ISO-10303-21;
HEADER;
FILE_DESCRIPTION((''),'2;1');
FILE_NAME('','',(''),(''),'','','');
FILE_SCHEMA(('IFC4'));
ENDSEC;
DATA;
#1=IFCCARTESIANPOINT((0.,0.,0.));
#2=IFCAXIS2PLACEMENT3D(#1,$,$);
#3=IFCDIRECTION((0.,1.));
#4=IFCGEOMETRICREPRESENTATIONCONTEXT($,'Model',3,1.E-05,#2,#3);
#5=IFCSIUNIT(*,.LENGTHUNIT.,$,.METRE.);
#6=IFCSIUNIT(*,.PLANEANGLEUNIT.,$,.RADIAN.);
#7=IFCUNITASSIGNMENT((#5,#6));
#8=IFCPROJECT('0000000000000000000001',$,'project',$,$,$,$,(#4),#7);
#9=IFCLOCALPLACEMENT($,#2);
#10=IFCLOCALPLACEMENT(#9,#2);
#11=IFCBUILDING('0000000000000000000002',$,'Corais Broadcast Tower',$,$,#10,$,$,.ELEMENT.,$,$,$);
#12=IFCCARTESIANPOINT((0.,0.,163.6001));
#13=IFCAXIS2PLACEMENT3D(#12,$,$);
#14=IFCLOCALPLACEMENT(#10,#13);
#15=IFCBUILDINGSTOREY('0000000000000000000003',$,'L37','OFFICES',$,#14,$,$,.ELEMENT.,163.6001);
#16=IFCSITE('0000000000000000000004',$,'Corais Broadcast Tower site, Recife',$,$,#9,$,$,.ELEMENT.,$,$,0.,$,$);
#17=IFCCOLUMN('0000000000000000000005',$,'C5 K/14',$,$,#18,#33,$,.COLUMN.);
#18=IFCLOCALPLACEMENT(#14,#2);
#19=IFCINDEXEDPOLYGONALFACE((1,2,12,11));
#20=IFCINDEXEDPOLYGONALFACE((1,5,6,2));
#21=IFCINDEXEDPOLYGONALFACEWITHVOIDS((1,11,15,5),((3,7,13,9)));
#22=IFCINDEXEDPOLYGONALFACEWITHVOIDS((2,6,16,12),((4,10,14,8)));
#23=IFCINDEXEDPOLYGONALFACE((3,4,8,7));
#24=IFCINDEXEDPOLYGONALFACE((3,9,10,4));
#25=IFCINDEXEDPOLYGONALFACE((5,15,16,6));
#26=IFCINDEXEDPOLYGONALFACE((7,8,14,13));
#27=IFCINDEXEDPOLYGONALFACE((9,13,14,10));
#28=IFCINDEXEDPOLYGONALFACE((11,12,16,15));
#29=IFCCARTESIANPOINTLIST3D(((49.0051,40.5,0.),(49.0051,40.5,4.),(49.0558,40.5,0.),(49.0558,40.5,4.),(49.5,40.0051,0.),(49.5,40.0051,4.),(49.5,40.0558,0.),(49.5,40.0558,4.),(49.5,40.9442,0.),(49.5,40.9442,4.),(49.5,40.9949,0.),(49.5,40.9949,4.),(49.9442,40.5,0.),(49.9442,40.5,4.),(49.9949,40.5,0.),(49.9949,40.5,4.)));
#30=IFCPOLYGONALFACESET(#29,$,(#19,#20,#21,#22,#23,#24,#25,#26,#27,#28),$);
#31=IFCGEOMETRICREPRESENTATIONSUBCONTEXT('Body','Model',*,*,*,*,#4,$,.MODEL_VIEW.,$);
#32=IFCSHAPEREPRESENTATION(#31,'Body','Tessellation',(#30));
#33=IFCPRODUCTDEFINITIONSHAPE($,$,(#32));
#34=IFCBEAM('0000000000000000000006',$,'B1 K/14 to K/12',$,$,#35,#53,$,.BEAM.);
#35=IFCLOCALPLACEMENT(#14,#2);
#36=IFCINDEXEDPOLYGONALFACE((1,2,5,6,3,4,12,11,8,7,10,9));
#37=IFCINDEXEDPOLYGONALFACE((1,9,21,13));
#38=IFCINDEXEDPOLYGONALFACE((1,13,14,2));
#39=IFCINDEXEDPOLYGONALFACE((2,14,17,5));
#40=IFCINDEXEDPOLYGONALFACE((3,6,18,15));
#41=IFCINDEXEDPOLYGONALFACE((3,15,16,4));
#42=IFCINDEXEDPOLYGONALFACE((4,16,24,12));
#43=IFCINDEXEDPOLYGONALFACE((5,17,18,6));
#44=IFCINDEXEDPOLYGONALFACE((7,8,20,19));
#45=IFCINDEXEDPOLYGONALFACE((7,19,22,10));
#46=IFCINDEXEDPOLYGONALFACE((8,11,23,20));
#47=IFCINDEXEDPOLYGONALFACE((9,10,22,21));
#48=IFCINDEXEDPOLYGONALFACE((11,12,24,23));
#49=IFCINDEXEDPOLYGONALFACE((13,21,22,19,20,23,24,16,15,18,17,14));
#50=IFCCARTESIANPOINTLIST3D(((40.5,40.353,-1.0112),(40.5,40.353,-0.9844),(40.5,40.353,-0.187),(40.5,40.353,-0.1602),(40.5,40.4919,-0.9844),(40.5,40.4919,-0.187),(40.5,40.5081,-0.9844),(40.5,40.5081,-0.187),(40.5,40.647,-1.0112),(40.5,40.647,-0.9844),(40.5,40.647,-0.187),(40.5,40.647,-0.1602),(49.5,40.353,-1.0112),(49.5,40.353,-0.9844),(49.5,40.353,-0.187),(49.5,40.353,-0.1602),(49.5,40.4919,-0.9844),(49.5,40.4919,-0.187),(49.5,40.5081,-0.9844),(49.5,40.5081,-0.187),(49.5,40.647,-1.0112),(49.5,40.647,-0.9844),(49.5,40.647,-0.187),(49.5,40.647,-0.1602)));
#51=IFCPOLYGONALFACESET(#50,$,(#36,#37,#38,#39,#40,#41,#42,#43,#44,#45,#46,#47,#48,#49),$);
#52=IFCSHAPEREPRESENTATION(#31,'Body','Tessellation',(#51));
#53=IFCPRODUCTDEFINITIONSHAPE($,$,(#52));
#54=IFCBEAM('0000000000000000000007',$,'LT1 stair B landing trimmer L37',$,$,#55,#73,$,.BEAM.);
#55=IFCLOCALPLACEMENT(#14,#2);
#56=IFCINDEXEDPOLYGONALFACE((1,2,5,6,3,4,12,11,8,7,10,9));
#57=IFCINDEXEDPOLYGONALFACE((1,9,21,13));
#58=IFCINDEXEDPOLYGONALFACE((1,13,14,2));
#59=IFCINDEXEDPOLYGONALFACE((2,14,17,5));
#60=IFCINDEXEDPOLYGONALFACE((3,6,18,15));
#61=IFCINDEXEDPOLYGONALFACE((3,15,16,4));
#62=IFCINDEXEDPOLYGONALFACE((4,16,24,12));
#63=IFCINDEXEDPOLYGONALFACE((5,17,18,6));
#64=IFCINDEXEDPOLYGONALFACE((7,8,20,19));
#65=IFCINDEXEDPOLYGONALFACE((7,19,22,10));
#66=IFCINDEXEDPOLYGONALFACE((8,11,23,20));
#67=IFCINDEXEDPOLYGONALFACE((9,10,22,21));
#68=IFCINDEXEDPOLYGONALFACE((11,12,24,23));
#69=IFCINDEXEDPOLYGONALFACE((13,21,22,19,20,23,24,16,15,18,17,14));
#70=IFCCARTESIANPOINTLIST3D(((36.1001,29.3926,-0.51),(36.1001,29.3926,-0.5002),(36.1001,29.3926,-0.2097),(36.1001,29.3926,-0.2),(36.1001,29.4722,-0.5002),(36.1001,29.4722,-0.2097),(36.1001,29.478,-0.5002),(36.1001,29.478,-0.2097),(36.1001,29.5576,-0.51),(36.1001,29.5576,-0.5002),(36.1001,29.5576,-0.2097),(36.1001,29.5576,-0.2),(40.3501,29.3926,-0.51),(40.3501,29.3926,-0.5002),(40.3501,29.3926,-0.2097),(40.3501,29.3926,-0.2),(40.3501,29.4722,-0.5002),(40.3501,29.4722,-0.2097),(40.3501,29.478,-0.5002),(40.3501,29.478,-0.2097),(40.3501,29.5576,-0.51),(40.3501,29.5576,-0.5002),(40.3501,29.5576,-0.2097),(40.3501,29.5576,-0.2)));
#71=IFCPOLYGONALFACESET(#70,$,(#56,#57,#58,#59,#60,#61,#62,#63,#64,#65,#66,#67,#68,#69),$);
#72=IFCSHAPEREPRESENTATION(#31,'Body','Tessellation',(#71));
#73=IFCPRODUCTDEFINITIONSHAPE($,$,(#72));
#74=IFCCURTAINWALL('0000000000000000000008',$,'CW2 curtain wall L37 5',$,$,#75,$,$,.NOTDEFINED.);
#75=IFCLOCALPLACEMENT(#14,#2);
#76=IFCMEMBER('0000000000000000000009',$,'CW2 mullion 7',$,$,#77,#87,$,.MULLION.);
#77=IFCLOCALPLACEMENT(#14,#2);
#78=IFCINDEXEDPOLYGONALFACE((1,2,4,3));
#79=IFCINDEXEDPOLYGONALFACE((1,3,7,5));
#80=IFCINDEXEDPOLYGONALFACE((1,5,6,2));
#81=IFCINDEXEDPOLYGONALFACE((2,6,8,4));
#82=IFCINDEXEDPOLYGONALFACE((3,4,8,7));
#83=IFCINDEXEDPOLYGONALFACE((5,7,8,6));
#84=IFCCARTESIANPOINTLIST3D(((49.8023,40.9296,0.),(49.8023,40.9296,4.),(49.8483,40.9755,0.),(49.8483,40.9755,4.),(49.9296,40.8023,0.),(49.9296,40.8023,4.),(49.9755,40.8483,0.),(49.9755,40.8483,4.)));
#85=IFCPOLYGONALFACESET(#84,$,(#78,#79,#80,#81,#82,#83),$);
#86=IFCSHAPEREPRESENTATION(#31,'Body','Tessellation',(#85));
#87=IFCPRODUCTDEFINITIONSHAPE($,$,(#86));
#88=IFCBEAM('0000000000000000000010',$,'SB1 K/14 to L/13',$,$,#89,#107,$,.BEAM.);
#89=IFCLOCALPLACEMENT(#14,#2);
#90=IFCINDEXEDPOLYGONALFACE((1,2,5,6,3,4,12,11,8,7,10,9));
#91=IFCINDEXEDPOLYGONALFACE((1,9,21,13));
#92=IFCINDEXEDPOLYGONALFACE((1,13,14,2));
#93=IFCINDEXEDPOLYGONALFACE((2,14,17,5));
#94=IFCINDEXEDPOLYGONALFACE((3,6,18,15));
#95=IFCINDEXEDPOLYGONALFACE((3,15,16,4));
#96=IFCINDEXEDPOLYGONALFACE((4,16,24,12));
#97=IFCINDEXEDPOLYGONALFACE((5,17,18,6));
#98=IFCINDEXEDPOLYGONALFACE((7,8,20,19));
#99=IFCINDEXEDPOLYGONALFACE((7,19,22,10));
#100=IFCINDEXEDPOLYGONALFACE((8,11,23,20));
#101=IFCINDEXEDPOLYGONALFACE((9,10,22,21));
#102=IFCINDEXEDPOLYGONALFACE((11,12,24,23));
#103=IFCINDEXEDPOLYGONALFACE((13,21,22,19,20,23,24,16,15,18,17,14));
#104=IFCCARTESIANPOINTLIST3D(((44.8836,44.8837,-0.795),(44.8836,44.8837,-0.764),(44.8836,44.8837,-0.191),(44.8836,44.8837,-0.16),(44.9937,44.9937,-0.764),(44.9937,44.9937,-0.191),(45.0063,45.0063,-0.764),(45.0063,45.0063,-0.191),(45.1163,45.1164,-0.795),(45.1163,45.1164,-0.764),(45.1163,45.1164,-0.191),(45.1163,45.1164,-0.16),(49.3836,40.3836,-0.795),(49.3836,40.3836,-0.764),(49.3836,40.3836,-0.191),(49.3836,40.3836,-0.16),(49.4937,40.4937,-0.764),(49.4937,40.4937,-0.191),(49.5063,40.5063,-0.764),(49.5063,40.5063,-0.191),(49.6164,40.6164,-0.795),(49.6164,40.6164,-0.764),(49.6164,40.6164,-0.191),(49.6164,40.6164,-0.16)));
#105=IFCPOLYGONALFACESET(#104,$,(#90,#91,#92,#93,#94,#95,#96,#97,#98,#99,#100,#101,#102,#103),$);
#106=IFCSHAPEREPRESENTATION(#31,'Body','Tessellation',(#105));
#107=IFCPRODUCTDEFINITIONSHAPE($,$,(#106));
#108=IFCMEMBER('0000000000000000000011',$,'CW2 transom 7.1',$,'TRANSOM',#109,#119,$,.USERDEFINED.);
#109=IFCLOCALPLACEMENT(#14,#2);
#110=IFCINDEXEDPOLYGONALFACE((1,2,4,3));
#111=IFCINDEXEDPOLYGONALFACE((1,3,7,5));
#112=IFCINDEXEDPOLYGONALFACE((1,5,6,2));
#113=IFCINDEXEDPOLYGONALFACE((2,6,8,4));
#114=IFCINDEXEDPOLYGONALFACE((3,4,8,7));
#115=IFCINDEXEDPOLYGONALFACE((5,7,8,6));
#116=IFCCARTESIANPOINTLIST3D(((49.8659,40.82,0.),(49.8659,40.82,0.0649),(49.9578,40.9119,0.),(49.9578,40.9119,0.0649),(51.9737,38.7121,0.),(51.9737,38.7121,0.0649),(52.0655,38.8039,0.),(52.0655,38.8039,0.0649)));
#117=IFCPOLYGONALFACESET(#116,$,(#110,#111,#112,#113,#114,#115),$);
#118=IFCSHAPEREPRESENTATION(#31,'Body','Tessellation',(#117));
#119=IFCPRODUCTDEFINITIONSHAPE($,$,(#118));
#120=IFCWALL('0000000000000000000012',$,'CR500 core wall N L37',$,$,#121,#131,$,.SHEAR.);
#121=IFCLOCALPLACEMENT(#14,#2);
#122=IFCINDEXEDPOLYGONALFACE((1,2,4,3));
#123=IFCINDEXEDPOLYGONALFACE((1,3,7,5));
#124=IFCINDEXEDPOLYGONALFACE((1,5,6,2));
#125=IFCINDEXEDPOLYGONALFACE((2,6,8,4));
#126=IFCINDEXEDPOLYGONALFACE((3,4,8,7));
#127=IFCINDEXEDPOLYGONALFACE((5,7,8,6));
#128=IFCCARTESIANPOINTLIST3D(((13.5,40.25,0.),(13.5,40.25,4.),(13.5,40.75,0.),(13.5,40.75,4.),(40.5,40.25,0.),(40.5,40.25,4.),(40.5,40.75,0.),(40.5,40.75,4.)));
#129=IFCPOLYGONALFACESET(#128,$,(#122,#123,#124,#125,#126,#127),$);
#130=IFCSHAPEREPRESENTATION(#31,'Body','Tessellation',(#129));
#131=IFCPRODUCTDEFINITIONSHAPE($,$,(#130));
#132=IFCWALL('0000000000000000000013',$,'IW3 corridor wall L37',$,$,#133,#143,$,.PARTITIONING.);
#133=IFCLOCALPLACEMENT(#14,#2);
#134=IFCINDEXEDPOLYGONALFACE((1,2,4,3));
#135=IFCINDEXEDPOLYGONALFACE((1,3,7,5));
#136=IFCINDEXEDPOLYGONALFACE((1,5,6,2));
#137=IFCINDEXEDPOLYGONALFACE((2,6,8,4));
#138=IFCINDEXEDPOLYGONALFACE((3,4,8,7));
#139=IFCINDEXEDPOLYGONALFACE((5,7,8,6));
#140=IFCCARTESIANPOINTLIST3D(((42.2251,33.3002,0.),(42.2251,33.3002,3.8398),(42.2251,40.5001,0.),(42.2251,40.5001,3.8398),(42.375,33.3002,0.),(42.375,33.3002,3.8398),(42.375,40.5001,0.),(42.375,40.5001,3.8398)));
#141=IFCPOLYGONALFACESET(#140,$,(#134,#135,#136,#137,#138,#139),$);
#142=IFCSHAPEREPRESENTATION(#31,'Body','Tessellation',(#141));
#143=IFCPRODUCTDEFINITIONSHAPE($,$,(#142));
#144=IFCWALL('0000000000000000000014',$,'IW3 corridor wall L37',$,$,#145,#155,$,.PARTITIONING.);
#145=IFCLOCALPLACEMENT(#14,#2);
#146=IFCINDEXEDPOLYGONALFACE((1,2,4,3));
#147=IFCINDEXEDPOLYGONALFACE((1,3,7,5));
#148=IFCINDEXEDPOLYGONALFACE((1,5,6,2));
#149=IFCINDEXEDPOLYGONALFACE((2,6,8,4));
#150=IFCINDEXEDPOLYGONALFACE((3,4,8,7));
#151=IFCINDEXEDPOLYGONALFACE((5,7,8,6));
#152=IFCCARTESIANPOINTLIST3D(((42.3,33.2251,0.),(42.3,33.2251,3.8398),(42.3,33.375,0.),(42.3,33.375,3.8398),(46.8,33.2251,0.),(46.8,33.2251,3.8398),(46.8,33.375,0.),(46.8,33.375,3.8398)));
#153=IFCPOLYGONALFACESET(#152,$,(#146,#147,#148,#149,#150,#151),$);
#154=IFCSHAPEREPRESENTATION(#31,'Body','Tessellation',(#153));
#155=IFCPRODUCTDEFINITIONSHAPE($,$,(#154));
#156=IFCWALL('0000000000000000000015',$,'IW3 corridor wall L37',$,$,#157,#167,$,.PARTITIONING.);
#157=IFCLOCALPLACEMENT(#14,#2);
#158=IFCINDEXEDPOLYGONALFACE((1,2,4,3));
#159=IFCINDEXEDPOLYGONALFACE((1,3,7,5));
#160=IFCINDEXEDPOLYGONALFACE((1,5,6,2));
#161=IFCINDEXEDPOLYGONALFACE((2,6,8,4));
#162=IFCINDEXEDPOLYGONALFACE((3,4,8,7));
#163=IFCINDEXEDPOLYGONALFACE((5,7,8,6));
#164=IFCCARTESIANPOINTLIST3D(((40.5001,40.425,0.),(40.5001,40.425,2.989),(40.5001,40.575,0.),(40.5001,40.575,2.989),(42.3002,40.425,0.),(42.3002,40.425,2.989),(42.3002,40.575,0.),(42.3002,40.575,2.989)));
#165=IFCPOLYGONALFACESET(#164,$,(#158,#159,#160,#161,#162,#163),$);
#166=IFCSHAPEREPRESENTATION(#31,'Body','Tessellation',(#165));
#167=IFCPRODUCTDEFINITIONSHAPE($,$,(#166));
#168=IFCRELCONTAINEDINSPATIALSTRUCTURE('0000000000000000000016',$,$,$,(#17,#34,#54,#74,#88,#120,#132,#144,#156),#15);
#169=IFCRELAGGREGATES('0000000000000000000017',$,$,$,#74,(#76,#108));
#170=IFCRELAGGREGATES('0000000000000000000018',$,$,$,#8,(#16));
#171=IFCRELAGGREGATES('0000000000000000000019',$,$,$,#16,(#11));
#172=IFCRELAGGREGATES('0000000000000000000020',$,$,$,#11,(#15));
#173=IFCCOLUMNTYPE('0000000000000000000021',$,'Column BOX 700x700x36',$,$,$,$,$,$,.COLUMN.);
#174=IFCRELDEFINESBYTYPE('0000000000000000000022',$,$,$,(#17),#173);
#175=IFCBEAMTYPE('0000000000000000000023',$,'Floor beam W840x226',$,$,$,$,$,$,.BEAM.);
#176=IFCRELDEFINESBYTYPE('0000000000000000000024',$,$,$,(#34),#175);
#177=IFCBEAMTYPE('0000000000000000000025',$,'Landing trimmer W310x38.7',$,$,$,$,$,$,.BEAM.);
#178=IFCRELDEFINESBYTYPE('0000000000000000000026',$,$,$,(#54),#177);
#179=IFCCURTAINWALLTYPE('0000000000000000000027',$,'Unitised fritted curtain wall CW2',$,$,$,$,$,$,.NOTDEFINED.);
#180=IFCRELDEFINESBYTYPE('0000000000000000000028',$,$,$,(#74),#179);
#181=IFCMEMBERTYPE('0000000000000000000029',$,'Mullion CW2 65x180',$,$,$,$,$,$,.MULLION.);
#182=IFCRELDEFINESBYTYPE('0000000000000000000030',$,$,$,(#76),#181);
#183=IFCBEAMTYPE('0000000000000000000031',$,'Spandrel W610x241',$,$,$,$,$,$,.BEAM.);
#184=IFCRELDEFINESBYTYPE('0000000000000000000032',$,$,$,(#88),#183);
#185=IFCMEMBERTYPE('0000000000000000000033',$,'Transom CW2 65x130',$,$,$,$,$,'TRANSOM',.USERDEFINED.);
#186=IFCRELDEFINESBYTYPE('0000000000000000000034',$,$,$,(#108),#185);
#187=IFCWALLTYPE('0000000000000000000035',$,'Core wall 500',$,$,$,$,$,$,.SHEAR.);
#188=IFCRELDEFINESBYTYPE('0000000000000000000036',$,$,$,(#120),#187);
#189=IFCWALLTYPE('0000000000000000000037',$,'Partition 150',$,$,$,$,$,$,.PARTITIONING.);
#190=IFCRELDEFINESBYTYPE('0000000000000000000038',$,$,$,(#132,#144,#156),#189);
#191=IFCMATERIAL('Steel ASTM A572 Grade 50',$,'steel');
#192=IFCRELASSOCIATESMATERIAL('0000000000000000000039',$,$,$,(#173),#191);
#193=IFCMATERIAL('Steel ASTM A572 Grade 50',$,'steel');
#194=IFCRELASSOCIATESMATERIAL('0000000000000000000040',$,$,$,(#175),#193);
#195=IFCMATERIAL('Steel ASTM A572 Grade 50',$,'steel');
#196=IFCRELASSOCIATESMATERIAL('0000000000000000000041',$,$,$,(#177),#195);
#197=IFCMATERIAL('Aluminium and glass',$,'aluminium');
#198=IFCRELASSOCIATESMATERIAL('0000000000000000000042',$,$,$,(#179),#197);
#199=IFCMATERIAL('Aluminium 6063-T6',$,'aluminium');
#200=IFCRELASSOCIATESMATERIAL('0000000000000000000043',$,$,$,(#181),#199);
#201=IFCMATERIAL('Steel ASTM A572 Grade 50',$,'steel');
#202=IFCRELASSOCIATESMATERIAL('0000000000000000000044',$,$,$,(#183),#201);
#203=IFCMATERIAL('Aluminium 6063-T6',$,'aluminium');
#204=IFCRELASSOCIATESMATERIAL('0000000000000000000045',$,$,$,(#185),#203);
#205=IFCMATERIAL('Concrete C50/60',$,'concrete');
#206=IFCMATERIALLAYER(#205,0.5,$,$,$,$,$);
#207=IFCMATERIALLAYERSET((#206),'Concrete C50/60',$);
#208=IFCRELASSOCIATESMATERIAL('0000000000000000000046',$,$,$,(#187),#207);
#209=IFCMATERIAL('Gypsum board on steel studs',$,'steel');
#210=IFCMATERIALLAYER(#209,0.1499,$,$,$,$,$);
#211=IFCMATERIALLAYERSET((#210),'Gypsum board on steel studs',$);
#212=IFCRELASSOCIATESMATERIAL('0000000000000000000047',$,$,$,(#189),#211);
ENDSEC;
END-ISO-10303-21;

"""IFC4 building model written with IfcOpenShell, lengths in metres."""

from ifc_helpers import new_model, si_unit, direction, frame, frame_2d, origin, origin_2d, place, context, subcontext, project, spatial, rectangle, hollow_rectangle, i_section, extrude, material, layer, layer_set, material_profile, profile_set, type_object, element, aggregate, save


model = new_model("IFC4")

# Units and contexts
model_context = context("Model", 3, precision=1e-05, world=origin(), true_north=direction((0.0, 1.0)))
body_context = subcontext(model_context, "Body", "Model", "MODEL_VIEW")
ifc_project = project(units=[si_unit("LENGTHUNIT", "METRE"), si_unit("PLANEANGLEUNIT", "RADIAN")], contexts=[model_context])

# Site, building, storey
site_placement = place(None, origin())
site = spatial("IfcSite", under=ifc_project, at=site_placement, Name="Corais Broadcast Tower site, Recife", CompositionType="ELEMENT", RefElevation=0.0)
building_placement = place(site_placement, origin())
building = spatial("IfcBuilding", under=site, at=building_placement, Name="Corais Broadcast Tower", CompositionType="ELEMENT")
storey_placement = place(building_placement, frame((0.0, 0.0, 163.6001)))
storey = spatial("IfcBuildingStorey", under=building, at=storey_placement, Name="L37", Description="OFFICES", CompositionType="ELEMENT", Elevation=163.6001)

# Column
ifc_material_1 = material(Name="Steel ASTM A572 Grade 50", Category="steel")
ifc_material_profile_1 = material_profile(ifc_material_1, hollow_rectangle(XDim=0.7, YDim=0.7, WallThickness=0.0359, at=origin_2d()), Name="BOX 700x700x36")
ifc_profile_set_1 = profile_set([ifc_material_profile_1], Name="Steel ASTM A572 Grade 50")
column_type = type_object("IfcColumnType", Name="Column BOX 700x700x36", PredefinedType="COLUMN", material=ifc_profile_set_1)
column_placement = place(storey_placement, frame((49.5, 40.5, 0.0), z_axis=(0.0, 0.0, 1.0), x_axis=(0.707107, 0.707107, 0.0)))
element("IfcColumn", 1, at=column_placement, inside=storey, type_object=column_type, Name="C5 K/14", PredefinedType="COLUMN", context=body_context, shape_type="SweptSolid", body=[
    extrude(hollow_rectangle(XDim=0.7, YDim=0.7, WallThickness=0.0359, at=origin_2d()), origin(), (0.0, 0.0, 1.0), 4.0),
])

# Beams
ifc_material_2 = material(Name="Steel ASTM A572 Grade 50", Category="steel")
ifc_material_profile_2 = material_profile(ifc_material_2, i_section(OverallWidth=0.2939, OverallDepth=0.8511, WebThickness=0.0161, FlangeThickness=0.0269, at=origin_2d()), Name="W840x226")
ifc_profile_set_2 = profile_set([ifc_material_profile_2], Name="Steel ASTM A572 Grade 50")
beam_type_1 = type_object("IfcBeamType", Name="Floor beam W840x226", PredefinedType="BEAM", material=ifc_profile_set_2)
beam_1_placement = place(storey_placement, frame((49.5, 40.5, -0.5857), z_axis=(-1.0, 0.0, 0.0), x_axis=(0.0, -1.0, 0.0)))
element("IfcBeam", 2, at=beam_1_placement, inside=storey, type_object=beam_type_1, Name="B1 K/14 to K/12", PredefinedType="BEAM", context=body_context, shape_type="SweptSolid", body=[
    extrude(i_section(OverallWidth=0.2939, OverallDepth=0.8511, WebThickness=0.0161, FlangeThickness=0.0269, at=origin_2d()), origin(), (0.0, 0.0, 1.0), 9.0),
])
ifc_material_3 = material(Name="Steel ASTM A572 Grade 50", Category="steel")
ifc_material_profile_3 = material_profile(ifc_material_3, i_section(OverallWidth=0.165, OverallDepth=0.3101, WebThickness=0.0059, FlangeThickness=0.0098, at=origin_2d()), Name="W310x38.7")
ifc_profile_set_3 = profile_set([ifc_material_profile_3], Name="Steel ASTM A572 Grade 50")
beam_type_2 = type_object("IfcBeamType", Name="Landing trimmer W310x38.7", PredefinedType="BEAM", material=ifc_profile_set_3)
beam_2_placement = place(storey_placement, frame((36.1001, 29.4751, -0.355), z_axis=(1.0, 0.0, 0.0), x_axis=(0.0, 1.0, 0.0)))
element("IfcBeam", 3, at=beam_2_placement, inside=storey, type_object=beam_type_2, Name="LT1 stair B landing trimmer L37", PredefinedType="BEAM", context=body_context, shape_type="SweptSolid", body=[
    extrude(i_section(OverallWidth=0.165, OverallDepth=0.3101, WebThickness=0.0059, FlangeThickness=0.0098, at=origin_2d()), origin(), (0.0, 0.0, 1.0), 4.25),
])

# Curtain wall, member
ifc_material_4 = material(Name="Aluminium and glass", Category="aluminium")
curtain_wall_type = type_object("IfcCurtainWallType", Name="Unitised fritted curtain wall CW2", PredefinedType="NOTDEFINED", material=ifc_material_4)
curtain_wall_placement = place(storey_placement, origin())
curtain_wall = element("IfcCurtainWall", 4, at=curtain_wall_placement, inside=storey, type_object=curtain_wall_type, Name="CW2 curtain wall L37 5", PredefinedType="NOTDEFINED")
ifc_material_5 = material(Name="Aluminium 6063-T6", Category="aluminium")
ifc_material_profile_4 = material_profile(ifc_material_5, rectangle(XDim=0.0649, YDim=0.1799, at=origin_2d()), Name="Mullion CW2 65x180")
ifc_profile_set_4 = profile_set([ifc_material_profile_4], Name="Aluminium 6063-T6")
member_type_1 = type_object("IfcMemberType", Name="Mullion CW2 65x180", PredefinedType="MULLION", material=ifc_profile_set_4)
member_1_placement = place(storey_placement, frame((49.8889, 40.8889, 0.0), z_axis=(0.0, 0.0, 1.0), x_axis=(0.707107, 0.707107, 0.0)))
member_1 = element("IfcMember", 5, at=member_1_placement, type_object=member_type_1, Name="CW2 mullion 7", PredefinedType="MULLION", context=body_context, shape_type="SweptSolid", body=[
    extrude(rectangle(XDim=0.0649, YDim=0.1799, at=origin_2d()), origin(), (0.0, 0.0, 1.0), 4.0),
])

# Beam
ifc_material_6 = material(Name="Steel ASTM A572 Grade 50", Category="steel")
ifc_material_profile_5 = material_profile(ifc_material_6, i_section(OverallWidth=0.3291, OverallDepth=0.635, WebThickness=0.0178, FlangeThickness=0.031, at=origin_2d()), Name="W610x241")
ifc_profile_set_5 = profile_set([ifc_material_profile_5], Name="Steel ASTM A572 Grade 50")
beam_type_3 = type_object("IfcBeamType", Name="Spandrel W610x241", PredefinedType="BEAM", material=ifc_profile_set_5)
beam_3_placement = place(storey_placement, frame((49.5, 40.5, -0.4775), z_axis=(-0.707107, 0.707107, 0.0), x_axis=(-0.707107, -0.707107, 0.0)))
element("IfcBeam", 6, at=beam_3_placement, inside=storey, type_object=beam_type_3, Name="SB1 K/14 to L/13", PredefinedType="BEAM", context=body_context, shape_type="SweptSolid", body=[
    extrude(i_section(OverallWidth=0.3291, OverallDepth=0.635, WebThickness=0.0178, FlangeThickness=0.031, at=origin_2d()), origin(), (0.0, 0.0, 1.0), 6.364),
])

# Member
ifc_material_7 = material(Name="Aluminium 6063-T6", Category="aluminium")
ifc_material_profile_6 = material_profile(ifc_material_7, rectangle(XDim=0.1299, YDim=0.0649, at=origin_2d()), Name="Transom CW2 65x130")
ifc_profile_set_6 = profile_set([ifc_material_profile_6], Name="Aluminium 6063-T6")
member_type_2 = type_object("IfcMemberType", Name="Transom CW2 65x130", ElementType="TRANSOM", PredefinedType="USERDEFINED", material=ifc_profile_set_6)
member_2_placement = place(storey_placement, frame((49.9119, 40.866, 0.0325), z_axis=(0.707066, -0.707148, 0.0), x_axis=(0.707148, 0.707066, 0.0)))
member_2 = element("IfcMember", 7, at=member_2_placement, type_object=member_type_2, Name="CW2 transom 7.1", ObjectType="TRANSOM", PredefinedType="USERDEFINED", context=body_context, shape_type="SweptSolid", body=[
    extrude(rectangle(XDim=0.1299, YDim=0.0649, at=origin_2d()), origin(), (0.0, 0.0, 1.0), 2.981),
])
aggregate(curtain_wall, [member_1, member_2])

# Walls
ifc_material_8 = material(Name="Concrete C50/60", Category="concrete")
ifc_layer_1 = layer(ifc_material_8, 0.5)
ifc_layer_set_1 = layer_set([ifc_layer_1], Name="Concrete C50/60")
wall_type_1 = type_object("IfcWallType", Name="Core wall 500", PredefinedType="SHEAR", material=ifc_layer_set_1)
wall_1_placement = place(storey_placement, frame((40.5, 40.5, 0.0), z_axis=(0.0, 0.0, 1.0), x_axis=(-1.0, 0.0, 0.0)))
element("IfcWall", 8, at=wall_1_placement, inside=storey, type_object=wall_type_1, Name="CR500 core wall N L37", PredefinedType="SHEAR", context=body_context, shape_type="SweptSolid", body=[
    extrude(rectangle(XDim=27.0, YDim=0.5, at=frame_2d((13.5, 0.0))), origin(), (0.0, 0.0, 1.0), 4.0),
])
ifc_material_9 = material(Name="Gypsum board on steel studs", Category="steel")
ifc_layer_2 = layer(ifc_material_9, 0.1499)
ifc_layer_set_2 = layer_set([ifc_layer_2], Name="Gypsum board on steel studs")
wall_type_2 = type_object("IfcWallType", Name="Partition 150", PredefinedType="PARTITIONING", material=ifc_layer_set_2)
wall_2_placement = place(storey_placement, frame((42.3, 33.3, 0.0), z_axis=(0.0, 0.0, 1.0), x_axis=(0.0, 1.0, 0.0)))
element("IfcWall", 9, at=wall_2_placement, inside=storey, type_object=wall_type_2, Name="IW3 corridor wall L37", PredefinedType="PARTITIONING", context=body_context, shape_type="SweptSolid", body=[
    extrude(rectangle(XDim=7.2, YDim=0.1499, at=frame_2d((3.6001, 0.0))), origin(), (0.0, 0.0, 1.0), 3.8398),
])
wall_3_placement = place(storey_placement, frame((46.8, 33.3, 0.0), z_axis=(0.0, 0.0, 1.0), x_axis=(-1.0, 0.0, 0.0)))
element("IfcWall", 10, at=wall_3_placement, inside=storey, type_object=wall_type_2, Name="IW3 corridor wall L37", PredefinedType="PARTITIONING", context=body_context, shape_type="SweptSolid", body=[
    extrude(rectangle(XDim=4.5, YDim=0.1499, at=frame_2d((2.25, 0.0))), origin(), (0.0, 0.0, 1.0), 3.8398),
])
wall_4_placement = place(storey_placement, frame((42.3, 40.5, 0.0), z_axis=(0.0, 0.0, 1.0), x_axis=(-1.0, 0.0, 0.0)))
element("IfcWall", 11, at=wall_4_placement, inside=storey, type_object=wall_type_2, Name="IW3 corridor wall L37", PredefinedType="PARTITIONING", context=body_context, shape_type="SweptSolid", body=[
    extrude(rectangle(XDim=1.8, YDim=0.1499, at=frame_2d((0.8999, 0.0))), origin(), (0.0, 0.0, 1.0), 2.989),
])

save(model, "model.ifc")
